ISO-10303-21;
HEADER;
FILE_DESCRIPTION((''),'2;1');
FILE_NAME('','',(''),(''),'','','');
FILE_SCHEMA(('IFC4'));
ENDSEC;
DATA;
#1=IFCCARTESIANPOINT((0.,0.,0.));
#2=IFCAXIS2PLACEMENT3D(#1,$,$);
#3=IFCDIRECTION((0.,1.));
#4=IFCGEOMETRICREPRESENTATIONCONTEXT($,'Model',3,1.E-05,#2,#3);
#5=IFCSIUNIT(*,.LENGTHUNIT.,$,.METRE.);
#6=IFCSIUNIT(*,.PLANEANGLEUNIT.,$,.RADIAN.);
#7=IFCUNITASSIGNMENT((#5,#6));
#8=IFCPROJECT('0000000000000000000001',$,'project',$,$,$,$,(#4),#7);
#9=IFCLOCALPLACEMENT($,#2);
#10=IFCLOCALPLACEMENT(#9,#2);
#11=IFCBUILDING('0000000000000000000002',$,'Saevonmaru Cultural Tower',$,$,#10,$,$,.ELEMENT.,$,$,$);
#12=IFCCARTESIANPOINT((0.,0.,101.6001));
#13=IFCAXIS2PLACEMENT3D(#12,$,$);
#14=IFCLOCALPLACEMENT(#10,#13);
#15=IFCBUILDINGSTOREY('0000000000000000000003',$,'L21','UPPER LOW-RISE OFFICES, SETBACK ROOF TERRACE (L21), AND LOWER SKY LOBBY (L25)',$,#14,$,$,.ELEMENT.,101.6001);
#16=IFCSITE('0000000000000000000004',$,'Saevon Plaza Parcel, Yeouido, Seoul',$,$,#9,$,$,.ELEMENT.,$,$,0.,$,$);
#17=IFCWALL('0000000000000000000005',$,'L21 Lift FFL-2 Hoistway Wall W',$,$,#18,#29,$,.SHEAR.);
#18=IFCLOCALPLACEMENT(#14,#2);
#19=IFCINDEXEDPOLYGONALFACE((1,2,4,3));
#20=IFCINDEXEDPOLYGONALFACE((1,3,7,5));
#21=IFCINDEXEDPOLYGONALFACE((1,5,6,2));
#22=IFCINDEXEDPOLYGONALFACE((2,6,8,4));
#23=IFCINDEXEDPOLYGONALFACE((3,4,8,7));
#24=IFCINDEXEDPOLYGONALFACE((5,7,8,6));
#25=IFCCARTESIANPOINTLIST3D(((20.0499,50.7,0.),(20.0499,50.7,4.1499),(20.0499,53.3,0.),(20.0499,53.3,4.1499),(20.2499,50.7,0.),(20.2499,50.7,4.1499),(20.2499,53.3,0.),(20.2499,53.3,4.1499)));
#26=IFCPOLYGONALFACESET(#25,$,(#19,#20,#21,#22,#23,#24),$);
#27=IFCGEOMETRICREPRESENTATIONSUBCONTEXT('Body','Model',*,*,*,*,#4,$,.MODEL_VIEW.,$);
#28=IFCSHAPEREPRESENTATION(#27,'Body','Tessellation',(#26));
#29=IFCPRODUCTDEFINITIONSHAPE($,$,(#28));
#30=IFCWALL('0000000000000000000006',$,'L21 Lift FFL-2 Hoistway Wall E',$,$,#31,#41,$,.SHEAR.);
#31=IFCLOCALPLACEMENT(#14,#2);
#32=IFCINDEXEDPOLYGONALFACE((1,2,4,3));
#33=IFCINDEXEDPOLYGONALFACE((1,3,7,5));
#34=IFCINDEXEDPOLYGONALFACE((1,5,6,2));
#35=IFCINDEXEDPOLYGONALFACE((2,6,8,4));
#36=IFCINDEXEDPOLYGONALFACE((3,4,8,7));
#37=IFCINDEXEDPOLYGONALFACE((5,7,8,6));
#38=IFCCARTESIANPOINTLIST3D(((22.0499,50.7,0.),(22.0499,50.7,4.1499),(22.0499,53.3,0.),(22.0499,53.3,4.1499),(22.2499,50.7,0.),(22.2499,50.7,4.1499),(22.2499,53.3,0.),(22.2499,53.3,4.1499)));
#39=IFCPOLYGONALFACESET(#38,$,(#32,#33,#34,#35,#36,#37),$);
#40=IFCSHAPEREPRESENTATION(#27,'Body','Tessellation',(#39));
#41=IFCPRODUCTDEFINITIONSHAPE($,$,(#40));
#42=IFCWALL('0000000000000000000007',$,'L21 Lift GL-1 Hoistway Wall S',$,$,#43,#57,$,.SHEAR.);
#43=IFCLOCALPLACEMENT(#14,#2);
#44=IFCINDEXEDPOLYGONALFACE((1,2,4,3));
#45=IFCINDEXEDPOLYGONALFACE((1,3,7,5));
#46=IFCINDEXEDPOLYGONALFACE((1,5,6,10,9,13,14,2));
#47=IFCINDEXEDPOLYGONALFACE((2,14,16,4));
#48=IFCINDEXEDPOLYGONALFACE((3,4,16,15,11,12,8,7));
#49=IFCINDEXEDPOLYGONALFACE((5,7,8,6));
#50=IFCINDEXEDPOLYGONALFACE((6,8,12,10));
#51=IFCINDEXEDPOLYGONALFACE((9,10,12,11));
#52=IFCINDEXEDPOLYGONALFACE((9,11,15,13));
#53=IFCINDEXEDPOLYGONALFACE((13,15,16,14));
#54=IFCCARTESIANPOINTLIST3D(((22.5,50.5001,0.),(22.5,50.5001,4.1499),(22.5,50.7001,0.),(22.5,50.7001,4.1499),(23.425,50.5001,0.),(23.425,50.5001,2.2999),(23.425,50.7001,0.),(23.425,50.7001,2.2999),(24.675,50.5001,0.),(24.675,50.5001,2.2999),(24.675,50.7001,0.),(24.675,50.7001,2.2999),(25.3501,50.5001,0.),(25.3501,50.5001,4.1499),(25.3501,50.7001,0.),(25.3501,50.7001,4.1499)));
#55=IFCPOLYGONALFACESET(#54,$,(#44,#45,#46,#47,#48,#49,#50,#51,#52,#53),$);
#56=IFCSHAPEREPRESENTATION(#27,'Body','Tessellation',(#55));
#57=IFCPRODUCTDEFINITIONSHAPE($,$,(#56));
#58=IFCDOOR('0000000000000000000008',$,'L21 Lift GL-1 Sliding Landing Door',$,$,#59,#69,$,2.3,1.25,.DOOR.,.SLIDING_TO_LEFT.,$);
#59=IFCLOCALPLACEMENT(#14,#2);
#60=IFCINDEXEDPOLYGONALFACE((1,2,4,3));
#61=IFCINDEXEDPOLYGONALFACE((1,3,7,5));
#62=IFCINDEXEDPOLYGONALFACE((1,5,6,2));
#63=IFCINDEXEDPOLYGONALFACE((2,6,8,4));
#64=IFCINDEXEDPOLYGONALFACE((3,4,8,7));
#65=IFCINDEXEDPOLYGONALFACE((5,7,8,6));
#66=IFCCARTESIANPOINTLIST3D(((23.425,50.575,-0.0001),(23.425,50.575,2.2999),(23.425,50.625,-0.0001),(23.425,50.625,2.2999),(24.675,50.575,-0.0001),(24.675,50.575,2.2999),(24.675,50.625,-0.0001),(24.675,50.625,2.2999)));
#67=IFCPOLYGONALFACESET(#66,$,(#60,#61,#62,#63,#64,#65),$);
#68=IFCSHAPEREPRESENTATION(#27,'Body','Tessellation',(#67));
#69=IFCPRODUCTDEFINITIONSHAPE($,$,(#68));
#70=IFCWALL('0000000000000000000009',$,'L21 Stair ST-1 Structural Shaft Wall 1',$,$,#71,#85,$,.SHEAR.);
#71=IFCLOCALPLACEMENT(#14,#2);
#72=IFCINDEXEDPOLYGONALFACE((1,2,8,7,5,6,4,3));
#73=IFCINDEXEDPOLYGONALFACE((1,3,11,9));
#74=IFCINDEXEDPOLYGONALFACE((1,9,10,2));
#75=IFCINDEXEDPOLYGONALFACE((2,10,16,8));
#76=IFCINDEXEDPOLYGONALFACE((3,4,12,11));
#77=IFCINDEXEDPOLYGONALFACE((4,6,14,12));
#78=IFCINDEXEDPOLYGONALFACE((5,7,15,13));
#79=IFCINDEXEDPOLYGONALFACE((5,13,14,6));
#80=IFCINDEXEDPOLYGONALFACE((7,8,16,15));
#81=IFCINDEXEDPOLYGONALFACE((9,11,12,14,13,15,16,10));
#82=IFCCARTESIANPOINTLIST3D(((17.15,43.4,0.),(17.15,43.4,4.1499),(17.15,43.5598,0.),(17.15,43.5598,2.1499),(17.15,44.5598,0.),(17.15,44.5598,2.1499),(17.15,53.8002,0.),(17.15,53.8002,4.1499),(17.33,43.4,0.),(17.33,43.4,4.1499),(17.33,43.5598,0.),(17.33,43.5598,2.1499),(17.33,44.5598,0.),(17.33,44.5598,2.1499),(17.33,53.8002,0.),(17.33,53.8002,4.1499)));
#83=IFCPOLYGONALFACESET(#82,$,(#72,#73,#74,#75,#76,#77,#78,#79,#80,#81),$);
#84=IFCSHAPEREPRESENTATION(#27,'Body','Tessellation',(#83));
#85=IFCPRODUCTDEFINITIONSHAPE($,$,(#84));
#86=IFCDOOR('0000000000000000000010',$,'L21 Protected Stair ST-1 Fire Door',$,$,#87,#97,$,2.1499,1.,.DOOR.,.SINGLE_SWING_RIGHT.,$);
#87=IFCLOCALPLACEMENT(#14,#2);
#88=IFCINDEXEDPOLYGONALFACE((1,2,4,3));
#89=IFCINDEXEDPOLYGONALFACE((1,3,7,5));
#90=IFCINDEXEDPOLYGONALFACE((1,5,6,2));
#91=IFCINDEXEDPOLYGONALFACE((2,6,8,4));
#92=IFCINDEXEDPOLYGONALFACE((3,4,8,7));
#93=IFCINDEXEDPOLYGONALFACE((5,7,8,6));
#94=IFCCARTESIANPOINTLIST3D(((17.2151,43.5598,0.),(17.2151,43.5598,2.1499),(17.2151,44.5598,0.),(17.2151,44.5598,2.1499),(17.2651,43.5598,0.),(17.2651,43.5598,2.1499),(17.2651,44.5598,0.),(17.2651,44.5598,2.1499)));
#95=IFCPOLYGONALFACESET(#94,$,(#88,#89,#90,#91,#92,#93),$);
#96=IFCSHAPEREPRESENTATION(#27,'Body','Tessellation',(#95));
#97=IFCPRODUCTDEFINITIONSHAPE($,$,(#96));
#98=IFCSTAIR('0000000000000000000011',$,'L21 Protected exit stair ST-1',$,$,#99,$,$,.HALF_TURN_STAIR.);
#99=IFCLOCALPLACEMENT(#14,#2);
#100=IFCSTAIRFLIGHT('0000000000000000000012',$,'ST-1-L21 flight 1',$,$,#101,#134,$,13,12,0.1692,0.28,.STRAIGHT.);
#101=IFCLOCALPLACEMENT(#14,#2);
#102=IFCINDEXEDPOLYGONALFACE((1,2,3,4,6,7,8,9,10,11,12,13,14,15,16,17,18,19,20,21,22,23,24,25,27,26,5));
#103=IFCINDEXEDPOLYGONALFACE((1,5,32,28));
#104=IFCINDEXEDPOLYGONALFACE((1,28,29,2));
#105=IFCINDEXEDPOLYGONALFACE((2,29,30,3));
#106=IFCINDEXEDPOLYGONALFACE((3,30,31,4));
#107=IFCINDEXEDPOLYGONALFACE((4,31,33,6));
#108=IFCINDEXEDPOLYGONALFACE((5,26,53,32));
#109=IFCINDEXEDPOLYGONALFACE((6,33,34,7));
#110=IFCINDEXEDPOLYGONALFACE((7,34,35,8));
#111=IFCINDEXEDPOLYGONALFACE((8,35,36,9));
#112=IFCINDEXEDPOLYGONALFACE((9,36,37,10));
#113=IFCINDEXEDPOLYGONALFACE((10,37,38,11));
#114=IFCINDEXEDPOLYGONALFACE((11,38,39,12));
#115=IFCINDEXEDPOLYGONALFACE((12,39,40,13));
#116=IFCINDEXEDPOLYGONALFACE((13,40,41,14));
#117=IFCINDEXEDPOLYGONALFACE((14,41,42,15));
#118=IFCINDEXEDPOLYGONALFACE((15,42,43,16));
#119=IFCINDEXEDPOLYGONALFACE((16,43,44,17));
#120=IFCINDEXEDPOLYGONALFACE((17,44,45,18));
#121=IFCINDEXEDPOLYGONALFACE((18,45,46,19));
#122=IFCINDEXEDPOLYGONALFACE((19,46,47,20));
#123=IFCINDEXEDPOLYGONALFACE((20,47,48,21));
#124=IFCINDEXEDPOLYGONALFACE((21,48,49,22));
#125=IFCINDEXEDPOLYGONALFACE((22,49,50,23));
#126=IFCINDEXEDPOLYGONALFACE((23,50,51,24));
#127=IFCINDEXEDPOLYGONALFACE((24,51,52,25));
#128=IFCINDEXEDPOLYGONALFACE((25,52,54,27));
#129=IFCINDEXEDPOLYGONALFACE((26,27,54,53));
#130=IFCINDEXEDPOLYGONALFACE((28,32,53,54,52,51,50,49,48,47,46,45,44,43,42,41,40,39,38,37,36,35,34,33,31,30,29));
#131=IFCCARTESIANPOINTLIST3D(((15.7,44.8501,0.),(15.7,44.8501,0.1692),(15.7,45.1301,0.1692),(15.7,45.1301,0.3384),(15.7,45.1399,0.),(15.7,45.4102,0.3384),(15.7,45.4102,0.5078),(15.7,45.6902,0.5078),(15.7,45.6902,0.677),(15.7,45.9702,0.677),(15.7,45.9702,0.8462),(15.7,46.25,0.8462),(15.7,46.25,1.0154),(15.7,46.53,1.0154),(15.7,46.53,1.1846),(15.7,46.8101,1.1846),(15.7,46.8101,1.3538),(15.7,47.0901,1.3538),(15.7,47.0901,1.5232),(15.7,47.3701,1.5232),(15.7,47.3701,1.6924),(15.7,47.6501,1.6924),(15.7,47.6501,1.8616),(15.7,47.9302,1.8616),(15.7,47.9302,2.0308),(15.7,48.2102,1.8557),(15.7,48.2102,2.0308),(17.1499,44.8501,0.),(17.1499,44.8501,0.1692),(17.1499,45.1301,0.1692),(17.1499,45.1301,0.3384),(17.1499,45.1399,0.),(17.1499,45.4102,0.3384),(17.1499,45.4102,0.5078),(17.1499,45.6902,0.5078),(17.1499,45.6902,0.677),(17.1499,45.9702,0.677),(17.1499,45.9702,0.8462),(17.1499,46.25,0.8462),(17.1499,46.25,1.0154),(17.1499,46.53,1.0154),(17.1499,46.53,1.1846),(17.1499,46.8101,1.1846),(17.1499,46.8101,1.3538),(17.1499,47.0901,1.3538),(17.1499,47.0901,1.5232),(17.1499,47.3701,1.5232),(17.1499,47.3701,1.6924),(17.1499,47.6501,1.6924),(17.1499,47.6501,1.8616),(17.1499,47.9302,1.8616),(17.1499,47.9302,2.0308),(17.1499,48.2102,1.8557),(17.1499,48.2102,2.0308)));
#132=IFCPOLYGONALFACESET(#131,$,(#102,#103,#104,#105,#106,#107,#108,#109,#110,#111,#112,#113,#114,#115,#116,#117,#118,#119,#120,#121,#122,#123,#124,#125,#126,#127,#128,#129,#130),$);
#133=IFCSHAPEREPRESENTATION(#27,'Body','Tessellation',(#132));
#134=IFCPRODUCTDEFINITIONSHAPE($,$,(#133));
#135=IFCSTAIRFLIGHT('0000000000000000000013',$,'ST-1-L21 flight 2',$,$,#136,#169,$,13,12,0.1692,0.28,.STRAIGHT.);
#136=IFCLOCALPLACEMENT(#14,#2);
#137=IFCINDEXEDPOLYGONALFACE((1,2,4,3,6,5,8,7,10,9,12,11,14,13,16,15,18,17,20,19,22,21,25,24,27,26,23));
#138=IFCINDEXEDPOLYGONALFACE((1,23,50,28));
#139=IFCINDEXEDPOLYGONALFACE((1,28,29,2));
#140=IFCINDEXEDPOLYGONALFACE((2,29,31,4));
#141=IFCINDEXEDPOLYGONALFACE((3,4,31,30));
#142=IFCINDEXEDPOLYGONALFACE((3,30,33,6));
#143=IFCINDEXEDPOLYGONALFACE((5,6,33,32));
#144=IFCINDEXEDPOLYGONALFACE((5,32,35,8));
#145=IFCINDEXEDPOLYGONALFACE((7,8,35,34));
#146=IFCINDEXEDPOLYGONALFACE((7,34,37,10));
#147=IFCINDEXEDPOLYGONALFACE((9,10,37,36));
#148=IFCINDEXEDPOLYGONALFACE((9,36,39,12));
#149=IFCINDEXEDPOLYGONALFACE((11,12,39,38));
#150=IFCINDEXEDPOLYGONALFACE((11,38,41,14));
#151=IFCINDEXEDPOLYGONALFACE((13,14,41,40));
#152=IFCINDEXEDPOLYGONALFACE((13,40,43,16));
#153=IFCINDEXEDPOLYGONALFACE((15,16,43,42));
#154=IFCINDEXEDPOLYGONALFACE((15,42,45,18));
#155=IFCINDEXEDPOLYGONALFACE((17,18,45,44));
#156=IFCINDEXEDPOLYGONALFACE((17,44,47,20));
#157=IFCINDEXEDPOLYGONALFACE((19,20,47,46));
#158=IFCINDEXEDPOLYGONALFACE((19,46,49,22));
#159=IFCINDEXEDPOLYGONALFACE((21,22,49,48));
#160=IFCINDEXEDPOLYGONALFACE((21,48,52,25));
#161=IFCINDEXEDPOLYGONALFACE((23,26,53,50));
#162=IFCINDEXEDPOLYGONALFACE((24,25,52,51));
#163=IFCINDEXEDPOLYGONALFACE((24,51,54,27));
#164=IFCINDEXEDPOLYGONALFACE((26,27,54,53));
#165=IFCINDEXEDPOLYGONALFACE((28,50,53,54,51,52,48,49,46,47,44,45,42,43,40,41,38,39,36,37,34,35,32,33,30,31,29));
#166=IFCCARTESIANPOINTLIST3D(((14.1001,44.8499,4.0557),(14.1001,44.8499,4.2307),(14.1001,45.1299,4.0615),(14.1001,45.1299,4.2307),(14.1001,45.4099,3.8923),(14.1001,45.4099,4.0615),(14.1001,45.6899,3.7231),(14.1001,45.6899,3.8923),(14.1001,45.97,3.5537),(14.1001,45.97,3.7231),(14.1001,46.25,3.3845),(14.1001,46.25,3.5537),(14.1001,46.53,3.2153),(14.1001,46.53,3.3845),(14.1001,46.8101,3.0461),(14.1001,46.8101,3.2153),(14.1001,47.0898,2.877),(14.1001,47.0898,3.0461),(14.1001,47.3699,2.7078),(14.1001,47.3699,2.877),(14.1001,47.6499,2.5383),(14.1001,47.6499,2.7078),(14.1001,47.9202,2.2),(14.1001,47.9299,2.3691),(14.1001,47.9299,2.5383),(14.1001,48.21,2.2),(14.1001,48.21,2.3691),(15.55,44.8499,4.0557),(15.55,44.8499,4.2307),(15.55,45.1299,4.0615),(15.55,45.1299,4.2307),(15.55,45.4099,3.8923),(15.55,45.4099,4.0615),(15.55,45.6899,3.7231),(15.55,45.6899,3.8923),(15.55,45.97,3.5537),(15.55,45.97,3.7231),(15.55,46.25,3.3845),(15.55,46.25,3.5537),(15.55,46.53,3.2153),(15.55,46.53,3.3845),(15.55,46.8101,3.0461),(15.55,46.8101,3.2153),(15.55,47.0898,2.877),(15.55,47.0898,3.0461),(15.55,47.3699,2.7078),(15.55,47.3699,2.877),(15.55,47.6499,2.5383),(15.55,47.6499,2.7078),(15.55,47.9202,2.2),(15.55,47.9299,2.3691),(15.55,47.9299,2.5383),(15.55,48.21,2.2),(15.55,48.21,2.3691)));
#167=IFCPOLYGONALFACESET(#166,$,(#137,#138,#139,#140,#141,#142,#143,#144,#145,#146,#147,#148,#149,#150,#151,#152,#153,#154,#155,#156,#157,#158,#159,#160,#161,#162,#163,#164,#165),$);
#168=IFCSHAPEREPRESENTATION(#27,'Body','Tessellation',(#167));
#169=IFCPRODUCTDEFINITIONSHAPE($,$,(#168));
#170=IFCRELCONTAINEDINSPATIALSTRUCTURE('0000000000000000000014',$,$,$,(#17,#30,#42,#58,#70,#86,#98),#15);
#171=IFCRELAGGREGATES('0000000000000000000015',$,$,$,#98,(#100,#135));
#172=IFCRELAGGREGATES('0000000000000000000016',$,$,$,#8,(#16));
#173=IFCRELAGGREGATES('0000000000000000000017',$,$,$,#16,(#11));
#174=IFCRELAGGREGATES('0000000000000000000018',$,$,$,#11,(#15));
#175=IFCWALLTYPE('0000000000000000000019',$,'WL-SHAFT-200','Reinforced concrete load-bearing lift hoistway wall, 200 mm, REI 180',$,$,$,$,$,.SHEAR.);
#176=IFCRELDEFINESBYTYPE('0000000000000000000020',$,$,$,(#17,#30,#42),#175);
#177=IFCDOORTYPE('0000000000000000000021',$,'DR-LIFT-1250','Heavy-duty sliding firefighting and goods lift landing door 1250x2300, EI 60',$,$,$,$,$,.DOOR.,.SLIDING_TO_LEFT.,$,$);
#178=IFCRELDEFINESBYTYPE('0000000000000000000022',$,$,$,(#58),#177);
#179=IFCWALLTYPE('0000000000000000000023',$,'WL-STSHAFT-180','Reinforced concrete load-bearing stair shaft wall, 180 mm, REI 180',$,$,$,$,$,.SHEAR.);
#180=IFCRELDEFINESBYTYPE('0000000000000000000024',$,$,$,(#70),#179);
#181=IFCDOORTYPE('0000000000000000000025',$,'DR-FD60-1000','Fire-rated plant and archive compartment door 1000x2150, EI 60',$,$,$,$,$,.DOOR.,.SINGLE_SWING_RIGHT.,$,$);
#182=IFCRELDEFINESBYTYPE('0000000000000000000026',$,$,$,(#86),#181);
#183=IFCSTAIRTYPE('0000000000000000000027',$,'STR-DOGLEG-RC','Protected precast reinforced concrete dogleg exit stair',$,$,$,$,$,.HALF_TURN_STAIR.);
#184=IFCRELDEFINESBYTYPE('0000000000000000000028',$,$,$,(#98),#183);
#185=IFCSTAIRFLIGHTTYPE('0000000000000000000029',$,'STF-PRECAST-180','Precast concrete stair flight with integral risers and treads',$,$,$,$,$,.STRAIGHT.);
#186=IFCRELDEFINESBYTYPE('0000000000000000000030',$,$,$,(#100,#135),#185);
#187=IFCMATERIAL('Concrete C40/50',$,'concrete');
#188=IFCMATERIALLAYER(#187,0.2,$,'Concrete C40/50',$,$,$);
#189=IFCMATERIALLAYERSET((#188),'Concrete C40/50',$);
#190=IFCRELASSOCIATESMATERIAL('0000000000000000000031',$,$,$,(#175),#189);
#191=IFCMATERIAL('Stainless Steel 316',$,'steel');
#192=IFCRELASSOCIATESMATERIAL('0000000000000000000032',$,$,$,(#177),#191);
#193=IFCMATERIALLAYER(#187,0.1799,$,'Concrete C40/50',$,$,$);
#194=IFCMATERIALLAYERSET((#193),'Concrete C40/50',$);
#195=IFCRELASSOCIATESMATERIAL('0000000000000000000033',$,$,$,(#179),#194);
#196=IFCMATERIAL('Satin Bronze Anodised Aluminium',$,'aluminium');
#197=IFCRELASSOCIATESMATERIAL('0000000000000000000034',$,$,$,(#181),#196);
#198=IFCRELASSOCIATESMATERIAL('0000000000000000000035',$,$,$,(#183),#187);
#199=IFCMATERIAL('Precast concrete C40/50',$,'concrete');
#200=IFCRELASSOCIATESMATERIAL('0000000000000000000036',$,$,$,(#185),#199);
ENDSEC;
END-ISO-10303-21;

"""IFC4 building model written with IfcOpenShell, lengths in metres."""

from ifc_helpers import new_model, si_unit, direction, frame, frame_2d, origin, place, context, subcontext, project, spatial, polyline, rectangle, outline, extrude, material, layer, layer_set, type_object, element, fill, aggregate, save


model = new_model("IFC4")

# Units and contexts
model_context = context("Model", 3, precision=1e-05, world=origin(), true_north=direction((0.0, 1.0)))
body_context = subcontext(model_context, "Body", "Model", "MODEL_VIEW")
ifc_project = project(units=[si_unit("LENGTHUNIT", "METRE"), si_unit("PLANEANGLEUNIT", "RADIAN")], contexts=[model_context])

# Site, building, storey
site_placement = place(None, origin())
site = spatial("IfcSite", under=ifc_project, at=site_placement, Name="Saevon Plaza Parcel, Yeouido, Seoul", CompositionType="ELEMENT", RefElevation=0.0)
building_placement = place(site_placement, origin())
building = spatial("IfcBuilding", under=site, at=building_placement, Name="Saevonmaru Cultural Tower", CompositionType="ELEMENT")
storey_placement = place(building_placement, frame((0.0, 0.0, 101.6001)))
storey = spatial("IfcBuildingStorey", under=building, at=storey_placement, Name="L21", Description="UPPER LOW-RISE OFFICES, SETBACK ROOF TERRACE (L21), AND LOWER SKY LOBBY (L25)", CompositionType="ELEMENT", Elevation=101.6001)

# Shared definitions
ifc_material_1 = material(Name="Satin Bronze Anodised Aluminium", Category="aluminium")

# Shared definitions
ifc_material_2 = material(Name="Concrete C40/50", Category="concrete")
ifc_layer_1 = layer(ifc_material_2, 0.2, Name="Concrete C40/50")
ifc_layer_set_1 = layer_set([ifc_layer_1], Name="Concrete C40/50")
wall_type_1 = type_object("IfcWallType", Name="WL-SHAFT-200", Description="Reinforced concrete load-bearing lift hoistway wall, 200 mm, REI 180", PredefinedType="SHEAR", material=ifc_layer_set_1)
ifc_material_3 = material(Name="Stainless Steel 316", Category="steel")
door_type_1 = type_object("IfcDoorType", Name="DR-LIFT-1250", Description="Heavy-duty sliding firefighting and goods lift landing door 1250x2300, EI 60", OperationType="SLIDING_TO_LEFT", PredefinedType="DOOR", material=ifc_material_3)

# Walls
for number, where, z_axis, x_axis, name in (
    (1, (20.1499, 50.7, 0.0), (0.0, 0.0, 1.0), (0.0, 1.0, 0.0), "L21 Lift FFL-2 Hoistway Wall W"),
    (2, (22.1499, 50.7, 0.0), (0.0, 0.0, 1.0), (0.0, 1.0, 0.0), "L21 Lift FFL-2 Hoistway Wall E"),
):
    element("IfcWall", number, at=place(storey_placement, frame(where, z_axis=z_axis, x_axis=x_axis)), inside=storey, type_object=wall_type_1, Name=name, PredefinedType="SHEAR", context=body_context, shape_type="SweptSolid", body=[
        extrude(rectangle(XDim=2.6001, YDim=0.2, at=frame_2d((1.3, 0.0))), origin(), (0.0, 0.0, 1.0), 4.1499),
    ])

# Walls, openings, doors
wall_1_placement = place(storey_placement, frame((22.5, 50.6001, 0.0), z_axis=(0.0, 0.0, 1.0), x_axis=(1.0, 0.0, 0.0)))
wall_1 = element("IfcWall", 3, at=wall_1_placement, inside=storey, type_object=wall_type_1, Name="L21 Lift GL-1 Hoistway Wall S", PredefinedType="SHEAR", context=body_context, shape_type="SweptSolid", body=[
    extrude(rectangle(XDim=2.8501, YDim=0.2, at=frame_2d((1.425, 0.0))), origin(), (0.0, 0.0, 1.0), 4.1499),
])
opening_1_placement = place(wall_1_placement, frame((0.925, 0.0, 0.0)))
opening_1 = element("IfcOpeningElement", 4, at=opening_1_placement, cuts=wall_1, PredefinedType="OPENING", context=body_context, shape_type="SweptSolid", body=[
    extrude(rectangle(XDim=1.25, YDim=2.3, at=frame_2d((0.625, 1.1499))), frame((0.0, 0.1099, 0.0), z_axis=(0.0, -1.0, 0.0), x_axis=(1.0, 0.0, 0.0)), (0.0, 0.0, 1.0), 0.22),
])
door_1_placement = place(opening_1_placement, origin())
door_1 = element("IfcDoor", 5, at=door_1_placement, inside=storey, type_object=door_type_1, Name="L21 Lift GL-1 Sliding Landing Door", OperationType="SLIDING_TO_LEFT", OverallHeight=2.3, OverallWidth=1.25, PredefinedType="DOOR", context=body_context, shape_type="SweptSolid", body=[
    extrude(rectangle(XDim=1.25, YDim=2.3, at=frame_2d((0.625, 1.1499))), frame((0.0, 0.0249, 0.0), z_axis=(0.0, -1.0, 0.0), x_axis=(1.0, 0.0, 0.0)), (0.0, 0.0, 1.0), 0.05),
])
fill(opening_1, door_1)
ifc_layer_2 = layer(ifc_material_2, 0.1799, Name="Concrete C40/50")
ifc_layer_set_2 = layer_set([ifc_layer_2], Name="Concrete C40/50")
wall_type_2 = type_object("IfcWallType", Name="WL-STSHAFT-180", Description="Reinforced concrete load-bearing stair shaft wall, 180 mm, REI 180", PredefinedType="SHEAR", material=ifc_layer_set_2)
wall_2_placement = place(storey_placement, frame((17.24, 43.3999, 0.0), z_axis=(0.0, 0.0, 1.0), x_axis=(0.0, 1.0, 0.0)))
wall_2 = element("IfcWall", 6, at=wall_2_placement, inside=storey, type_object=wall_type_2, Name="L21 Stair ST-1 Structural Shaft Wall 1", PredefinedType="SHEAR", context=body_context, shape_type="SweptSolid", body=[
    extrude(rectangle(XDim=10.4001, YDim=0.1799, at=frame_2d((5.2002, 0.0))), origin(), (0.0, 0.0, 1.0), 4.1499),
])
opening_2_placement = place(wall_2_placement, frame((0.1599, 0.0, 0.0)))
opening_2 = element("IfcOpeningElement", 7, at=opening_2_placement, cuts=wall_2, PredefinedType="OPENING", context=body_context, shape_type="SweptSolid", body=[
    extrude(rectangle(XDim=1.0, YDim=2.1499, at=frame_2d((0.5, 1.075))), frame((0.0, 0.1001, 0.0), z_axis=(0.0, -1.0, 0.0), x_axis=(1.0, 0.0, 0.0)), (0.0, 0.0, 1.0), 0.2),
])
door_type_2 = type_object("IfcDoorType", Name="DR-FD60-1000", Description="Fire-rated plant and archive compartment door 1000x2150, EI 60", OperationType="SINGLE_SWING_RIGHT", PredefinedType="DOOR", material=ifc_material_1)
door_2_placement = place(opening_2_placement, origin())
door_2 = element("IfcDoor", 8, at=door_2_placement, inside=storey, type_object=door_type_2, Name="L21 Protected Stair ST-1 Fire Door", OperationType="SINGLE_SWING_RIGHT", OverallHeight=2.1499, OverallWidth=1.0, PredefinedType="DOOR", context=body_context, shape_type="SweptSolid", body=[
    extrude(rectangle(XDim=1.0, YDim=2.1499, at=frame_2d((0.5, 1.075))), frame((0.0, 0.0249, 0.0), z_axis=(0.0, -1.0, 0.0), x_axis=(1.0, 0.0, 0.0)), (0.0, 0.0, 1.0), 0.05),
])
fill(opening_2, door_2)

# Stair, stair flights
stair_type = type_object("IfcStairType", Name="STR-DOGLEG-RC", Description="Protected precast reinforced concrete dogleg exit stair", PredefinedType="HALF_TURN_STAIR", material=ifc_material_2)
stair_placement = place(storey_placement, origin())
stair = element("IfcStair", 9, at=stair_placement, inside=storey, type_object=stair_type, Name="L21 Protected exit stair ST-1", PredefinedType="HALF_TURN_STAIR")
ifc_material_4 = material(Name="Precast concrete C40/50", Category="concrete")
stair_flight_type = type_object("IfcStairFlightType", Name="STF-PRECAST-180", Description="Precast concrete stair flight with integral risers and treads", PredefinedType="STRAIGHT", material=ifc_material_4)
stair_flight_1_placement = place(storey_placement, frame((16.425, 44.8501, 0.0), z_axis=(0.0, 0.0, 1.0), x_axis=(0.0, 1.0, 0.0)))
stair_flight_1 = element("IfcStairFlight", 10, at=stair_flight_1_placement, type_object=stair_flight_type, Name="ST-1-L21 flight 1", NumberOfRisers=13, NumberOfTreads=12, PredefinedType="STRAIGHT", RiserHeight=0.1692, TreadLength=0.28, context=body_context, shape_type="SweptSolid", body=[
    extrude(outline(polyline([(0.0, 0.0), (0.0, 0.1692), (0.28, 0.1692), (0.28, 0.3384), (0.5601, 0.3384), (0.5601, 0.5078), (0.8401, 0.5078), (0.8401, 0.677), (1.1201, 0.677), (1.1201, 0.8462), (1.3999, 0.8462), (1.3999, 1.0154), (1.6799, 1.0154), (1.6799, 1.1846), (1.96, 1.1846), (1.96, 1.3538), (2.24, 1.3538), (2.24, 1.5232), (2.52, 1.5232), (2.52, 1.6924), (2.8, 1.6924), (2.8, 1.8616), (3.0801, 1.8616), (3.0801, 2.0308), (3.3601, 2.0308), (3.3601, 2.2), (3.3601, 1.8557), (0.2898, 0.0), (0.0, 0.0)])), frame((0.0, 0.7251, 0.0), z_axis=(0.0, -1.0, 0.0), x_axis=(1.0, 0.0, 0.0)), (0.0, 0.0, 1.0), 1.45),
])
stair_flight_2_placement = place(storey_placement, frame((14.825, 48.21, 2.2), z_axis=(0.0, 0.0, 1.0), x_axis=(0.0, -1.0, 0.0)))
stair_flight_2 = element("IfcStairFlight", 11, at=stair_flight_2_placement, type_object=stair_flight_type, Name="ST-1-L21 flight 2", NumberOfRisers=13, NumberOfTreads=12, PredefinedType="STRAIGHT", RiserHeight=0.1692, TreadLength=0.28, context=body_context, shape_type="SweptSolid", body=[
    extrude(outline(polyline([(0.0, 0.0), (0.0, 0.1692), (0.28, 0.1692), (0.28, 0.3384), (0.5601, 0.3384), (0.5601, 0.5078), (0.8401, 0.5078), (0.8401, 0.677), (1.1201, 0.677), (1.1201, 0.8462), (1.3999, 0.8462), (1.3999, 1.0154), (1.6799, 1.0154), (1.6799, 1.1846), (1.96, 1.1846), (1.96, 1.3538), (2.24, 1.3538), (2.24, 1.5232), (2.52, 1.5232), (2.52, 1.6924), (2.8, 1.6924), (2.8, 1.8616), (3.0801, 1.8616), (3.0801, 2.0308), (3.3601, 2.0308), (3.3601, 2.2), (3.3601, 1.8557), (0.2898, 0.0), (0.0, 0.0)])), frame((0.0, 0.7251, 0.0), z_axis=(0.0, -1.0, 0.0), x_axis=(1.0, 0.0, 0.0)), (0.0, 0.0, 1.0), 1.45),
])
aggregate(stair, [stair_flight_1, stair_flight_2])

save(model, "model.ifc")
